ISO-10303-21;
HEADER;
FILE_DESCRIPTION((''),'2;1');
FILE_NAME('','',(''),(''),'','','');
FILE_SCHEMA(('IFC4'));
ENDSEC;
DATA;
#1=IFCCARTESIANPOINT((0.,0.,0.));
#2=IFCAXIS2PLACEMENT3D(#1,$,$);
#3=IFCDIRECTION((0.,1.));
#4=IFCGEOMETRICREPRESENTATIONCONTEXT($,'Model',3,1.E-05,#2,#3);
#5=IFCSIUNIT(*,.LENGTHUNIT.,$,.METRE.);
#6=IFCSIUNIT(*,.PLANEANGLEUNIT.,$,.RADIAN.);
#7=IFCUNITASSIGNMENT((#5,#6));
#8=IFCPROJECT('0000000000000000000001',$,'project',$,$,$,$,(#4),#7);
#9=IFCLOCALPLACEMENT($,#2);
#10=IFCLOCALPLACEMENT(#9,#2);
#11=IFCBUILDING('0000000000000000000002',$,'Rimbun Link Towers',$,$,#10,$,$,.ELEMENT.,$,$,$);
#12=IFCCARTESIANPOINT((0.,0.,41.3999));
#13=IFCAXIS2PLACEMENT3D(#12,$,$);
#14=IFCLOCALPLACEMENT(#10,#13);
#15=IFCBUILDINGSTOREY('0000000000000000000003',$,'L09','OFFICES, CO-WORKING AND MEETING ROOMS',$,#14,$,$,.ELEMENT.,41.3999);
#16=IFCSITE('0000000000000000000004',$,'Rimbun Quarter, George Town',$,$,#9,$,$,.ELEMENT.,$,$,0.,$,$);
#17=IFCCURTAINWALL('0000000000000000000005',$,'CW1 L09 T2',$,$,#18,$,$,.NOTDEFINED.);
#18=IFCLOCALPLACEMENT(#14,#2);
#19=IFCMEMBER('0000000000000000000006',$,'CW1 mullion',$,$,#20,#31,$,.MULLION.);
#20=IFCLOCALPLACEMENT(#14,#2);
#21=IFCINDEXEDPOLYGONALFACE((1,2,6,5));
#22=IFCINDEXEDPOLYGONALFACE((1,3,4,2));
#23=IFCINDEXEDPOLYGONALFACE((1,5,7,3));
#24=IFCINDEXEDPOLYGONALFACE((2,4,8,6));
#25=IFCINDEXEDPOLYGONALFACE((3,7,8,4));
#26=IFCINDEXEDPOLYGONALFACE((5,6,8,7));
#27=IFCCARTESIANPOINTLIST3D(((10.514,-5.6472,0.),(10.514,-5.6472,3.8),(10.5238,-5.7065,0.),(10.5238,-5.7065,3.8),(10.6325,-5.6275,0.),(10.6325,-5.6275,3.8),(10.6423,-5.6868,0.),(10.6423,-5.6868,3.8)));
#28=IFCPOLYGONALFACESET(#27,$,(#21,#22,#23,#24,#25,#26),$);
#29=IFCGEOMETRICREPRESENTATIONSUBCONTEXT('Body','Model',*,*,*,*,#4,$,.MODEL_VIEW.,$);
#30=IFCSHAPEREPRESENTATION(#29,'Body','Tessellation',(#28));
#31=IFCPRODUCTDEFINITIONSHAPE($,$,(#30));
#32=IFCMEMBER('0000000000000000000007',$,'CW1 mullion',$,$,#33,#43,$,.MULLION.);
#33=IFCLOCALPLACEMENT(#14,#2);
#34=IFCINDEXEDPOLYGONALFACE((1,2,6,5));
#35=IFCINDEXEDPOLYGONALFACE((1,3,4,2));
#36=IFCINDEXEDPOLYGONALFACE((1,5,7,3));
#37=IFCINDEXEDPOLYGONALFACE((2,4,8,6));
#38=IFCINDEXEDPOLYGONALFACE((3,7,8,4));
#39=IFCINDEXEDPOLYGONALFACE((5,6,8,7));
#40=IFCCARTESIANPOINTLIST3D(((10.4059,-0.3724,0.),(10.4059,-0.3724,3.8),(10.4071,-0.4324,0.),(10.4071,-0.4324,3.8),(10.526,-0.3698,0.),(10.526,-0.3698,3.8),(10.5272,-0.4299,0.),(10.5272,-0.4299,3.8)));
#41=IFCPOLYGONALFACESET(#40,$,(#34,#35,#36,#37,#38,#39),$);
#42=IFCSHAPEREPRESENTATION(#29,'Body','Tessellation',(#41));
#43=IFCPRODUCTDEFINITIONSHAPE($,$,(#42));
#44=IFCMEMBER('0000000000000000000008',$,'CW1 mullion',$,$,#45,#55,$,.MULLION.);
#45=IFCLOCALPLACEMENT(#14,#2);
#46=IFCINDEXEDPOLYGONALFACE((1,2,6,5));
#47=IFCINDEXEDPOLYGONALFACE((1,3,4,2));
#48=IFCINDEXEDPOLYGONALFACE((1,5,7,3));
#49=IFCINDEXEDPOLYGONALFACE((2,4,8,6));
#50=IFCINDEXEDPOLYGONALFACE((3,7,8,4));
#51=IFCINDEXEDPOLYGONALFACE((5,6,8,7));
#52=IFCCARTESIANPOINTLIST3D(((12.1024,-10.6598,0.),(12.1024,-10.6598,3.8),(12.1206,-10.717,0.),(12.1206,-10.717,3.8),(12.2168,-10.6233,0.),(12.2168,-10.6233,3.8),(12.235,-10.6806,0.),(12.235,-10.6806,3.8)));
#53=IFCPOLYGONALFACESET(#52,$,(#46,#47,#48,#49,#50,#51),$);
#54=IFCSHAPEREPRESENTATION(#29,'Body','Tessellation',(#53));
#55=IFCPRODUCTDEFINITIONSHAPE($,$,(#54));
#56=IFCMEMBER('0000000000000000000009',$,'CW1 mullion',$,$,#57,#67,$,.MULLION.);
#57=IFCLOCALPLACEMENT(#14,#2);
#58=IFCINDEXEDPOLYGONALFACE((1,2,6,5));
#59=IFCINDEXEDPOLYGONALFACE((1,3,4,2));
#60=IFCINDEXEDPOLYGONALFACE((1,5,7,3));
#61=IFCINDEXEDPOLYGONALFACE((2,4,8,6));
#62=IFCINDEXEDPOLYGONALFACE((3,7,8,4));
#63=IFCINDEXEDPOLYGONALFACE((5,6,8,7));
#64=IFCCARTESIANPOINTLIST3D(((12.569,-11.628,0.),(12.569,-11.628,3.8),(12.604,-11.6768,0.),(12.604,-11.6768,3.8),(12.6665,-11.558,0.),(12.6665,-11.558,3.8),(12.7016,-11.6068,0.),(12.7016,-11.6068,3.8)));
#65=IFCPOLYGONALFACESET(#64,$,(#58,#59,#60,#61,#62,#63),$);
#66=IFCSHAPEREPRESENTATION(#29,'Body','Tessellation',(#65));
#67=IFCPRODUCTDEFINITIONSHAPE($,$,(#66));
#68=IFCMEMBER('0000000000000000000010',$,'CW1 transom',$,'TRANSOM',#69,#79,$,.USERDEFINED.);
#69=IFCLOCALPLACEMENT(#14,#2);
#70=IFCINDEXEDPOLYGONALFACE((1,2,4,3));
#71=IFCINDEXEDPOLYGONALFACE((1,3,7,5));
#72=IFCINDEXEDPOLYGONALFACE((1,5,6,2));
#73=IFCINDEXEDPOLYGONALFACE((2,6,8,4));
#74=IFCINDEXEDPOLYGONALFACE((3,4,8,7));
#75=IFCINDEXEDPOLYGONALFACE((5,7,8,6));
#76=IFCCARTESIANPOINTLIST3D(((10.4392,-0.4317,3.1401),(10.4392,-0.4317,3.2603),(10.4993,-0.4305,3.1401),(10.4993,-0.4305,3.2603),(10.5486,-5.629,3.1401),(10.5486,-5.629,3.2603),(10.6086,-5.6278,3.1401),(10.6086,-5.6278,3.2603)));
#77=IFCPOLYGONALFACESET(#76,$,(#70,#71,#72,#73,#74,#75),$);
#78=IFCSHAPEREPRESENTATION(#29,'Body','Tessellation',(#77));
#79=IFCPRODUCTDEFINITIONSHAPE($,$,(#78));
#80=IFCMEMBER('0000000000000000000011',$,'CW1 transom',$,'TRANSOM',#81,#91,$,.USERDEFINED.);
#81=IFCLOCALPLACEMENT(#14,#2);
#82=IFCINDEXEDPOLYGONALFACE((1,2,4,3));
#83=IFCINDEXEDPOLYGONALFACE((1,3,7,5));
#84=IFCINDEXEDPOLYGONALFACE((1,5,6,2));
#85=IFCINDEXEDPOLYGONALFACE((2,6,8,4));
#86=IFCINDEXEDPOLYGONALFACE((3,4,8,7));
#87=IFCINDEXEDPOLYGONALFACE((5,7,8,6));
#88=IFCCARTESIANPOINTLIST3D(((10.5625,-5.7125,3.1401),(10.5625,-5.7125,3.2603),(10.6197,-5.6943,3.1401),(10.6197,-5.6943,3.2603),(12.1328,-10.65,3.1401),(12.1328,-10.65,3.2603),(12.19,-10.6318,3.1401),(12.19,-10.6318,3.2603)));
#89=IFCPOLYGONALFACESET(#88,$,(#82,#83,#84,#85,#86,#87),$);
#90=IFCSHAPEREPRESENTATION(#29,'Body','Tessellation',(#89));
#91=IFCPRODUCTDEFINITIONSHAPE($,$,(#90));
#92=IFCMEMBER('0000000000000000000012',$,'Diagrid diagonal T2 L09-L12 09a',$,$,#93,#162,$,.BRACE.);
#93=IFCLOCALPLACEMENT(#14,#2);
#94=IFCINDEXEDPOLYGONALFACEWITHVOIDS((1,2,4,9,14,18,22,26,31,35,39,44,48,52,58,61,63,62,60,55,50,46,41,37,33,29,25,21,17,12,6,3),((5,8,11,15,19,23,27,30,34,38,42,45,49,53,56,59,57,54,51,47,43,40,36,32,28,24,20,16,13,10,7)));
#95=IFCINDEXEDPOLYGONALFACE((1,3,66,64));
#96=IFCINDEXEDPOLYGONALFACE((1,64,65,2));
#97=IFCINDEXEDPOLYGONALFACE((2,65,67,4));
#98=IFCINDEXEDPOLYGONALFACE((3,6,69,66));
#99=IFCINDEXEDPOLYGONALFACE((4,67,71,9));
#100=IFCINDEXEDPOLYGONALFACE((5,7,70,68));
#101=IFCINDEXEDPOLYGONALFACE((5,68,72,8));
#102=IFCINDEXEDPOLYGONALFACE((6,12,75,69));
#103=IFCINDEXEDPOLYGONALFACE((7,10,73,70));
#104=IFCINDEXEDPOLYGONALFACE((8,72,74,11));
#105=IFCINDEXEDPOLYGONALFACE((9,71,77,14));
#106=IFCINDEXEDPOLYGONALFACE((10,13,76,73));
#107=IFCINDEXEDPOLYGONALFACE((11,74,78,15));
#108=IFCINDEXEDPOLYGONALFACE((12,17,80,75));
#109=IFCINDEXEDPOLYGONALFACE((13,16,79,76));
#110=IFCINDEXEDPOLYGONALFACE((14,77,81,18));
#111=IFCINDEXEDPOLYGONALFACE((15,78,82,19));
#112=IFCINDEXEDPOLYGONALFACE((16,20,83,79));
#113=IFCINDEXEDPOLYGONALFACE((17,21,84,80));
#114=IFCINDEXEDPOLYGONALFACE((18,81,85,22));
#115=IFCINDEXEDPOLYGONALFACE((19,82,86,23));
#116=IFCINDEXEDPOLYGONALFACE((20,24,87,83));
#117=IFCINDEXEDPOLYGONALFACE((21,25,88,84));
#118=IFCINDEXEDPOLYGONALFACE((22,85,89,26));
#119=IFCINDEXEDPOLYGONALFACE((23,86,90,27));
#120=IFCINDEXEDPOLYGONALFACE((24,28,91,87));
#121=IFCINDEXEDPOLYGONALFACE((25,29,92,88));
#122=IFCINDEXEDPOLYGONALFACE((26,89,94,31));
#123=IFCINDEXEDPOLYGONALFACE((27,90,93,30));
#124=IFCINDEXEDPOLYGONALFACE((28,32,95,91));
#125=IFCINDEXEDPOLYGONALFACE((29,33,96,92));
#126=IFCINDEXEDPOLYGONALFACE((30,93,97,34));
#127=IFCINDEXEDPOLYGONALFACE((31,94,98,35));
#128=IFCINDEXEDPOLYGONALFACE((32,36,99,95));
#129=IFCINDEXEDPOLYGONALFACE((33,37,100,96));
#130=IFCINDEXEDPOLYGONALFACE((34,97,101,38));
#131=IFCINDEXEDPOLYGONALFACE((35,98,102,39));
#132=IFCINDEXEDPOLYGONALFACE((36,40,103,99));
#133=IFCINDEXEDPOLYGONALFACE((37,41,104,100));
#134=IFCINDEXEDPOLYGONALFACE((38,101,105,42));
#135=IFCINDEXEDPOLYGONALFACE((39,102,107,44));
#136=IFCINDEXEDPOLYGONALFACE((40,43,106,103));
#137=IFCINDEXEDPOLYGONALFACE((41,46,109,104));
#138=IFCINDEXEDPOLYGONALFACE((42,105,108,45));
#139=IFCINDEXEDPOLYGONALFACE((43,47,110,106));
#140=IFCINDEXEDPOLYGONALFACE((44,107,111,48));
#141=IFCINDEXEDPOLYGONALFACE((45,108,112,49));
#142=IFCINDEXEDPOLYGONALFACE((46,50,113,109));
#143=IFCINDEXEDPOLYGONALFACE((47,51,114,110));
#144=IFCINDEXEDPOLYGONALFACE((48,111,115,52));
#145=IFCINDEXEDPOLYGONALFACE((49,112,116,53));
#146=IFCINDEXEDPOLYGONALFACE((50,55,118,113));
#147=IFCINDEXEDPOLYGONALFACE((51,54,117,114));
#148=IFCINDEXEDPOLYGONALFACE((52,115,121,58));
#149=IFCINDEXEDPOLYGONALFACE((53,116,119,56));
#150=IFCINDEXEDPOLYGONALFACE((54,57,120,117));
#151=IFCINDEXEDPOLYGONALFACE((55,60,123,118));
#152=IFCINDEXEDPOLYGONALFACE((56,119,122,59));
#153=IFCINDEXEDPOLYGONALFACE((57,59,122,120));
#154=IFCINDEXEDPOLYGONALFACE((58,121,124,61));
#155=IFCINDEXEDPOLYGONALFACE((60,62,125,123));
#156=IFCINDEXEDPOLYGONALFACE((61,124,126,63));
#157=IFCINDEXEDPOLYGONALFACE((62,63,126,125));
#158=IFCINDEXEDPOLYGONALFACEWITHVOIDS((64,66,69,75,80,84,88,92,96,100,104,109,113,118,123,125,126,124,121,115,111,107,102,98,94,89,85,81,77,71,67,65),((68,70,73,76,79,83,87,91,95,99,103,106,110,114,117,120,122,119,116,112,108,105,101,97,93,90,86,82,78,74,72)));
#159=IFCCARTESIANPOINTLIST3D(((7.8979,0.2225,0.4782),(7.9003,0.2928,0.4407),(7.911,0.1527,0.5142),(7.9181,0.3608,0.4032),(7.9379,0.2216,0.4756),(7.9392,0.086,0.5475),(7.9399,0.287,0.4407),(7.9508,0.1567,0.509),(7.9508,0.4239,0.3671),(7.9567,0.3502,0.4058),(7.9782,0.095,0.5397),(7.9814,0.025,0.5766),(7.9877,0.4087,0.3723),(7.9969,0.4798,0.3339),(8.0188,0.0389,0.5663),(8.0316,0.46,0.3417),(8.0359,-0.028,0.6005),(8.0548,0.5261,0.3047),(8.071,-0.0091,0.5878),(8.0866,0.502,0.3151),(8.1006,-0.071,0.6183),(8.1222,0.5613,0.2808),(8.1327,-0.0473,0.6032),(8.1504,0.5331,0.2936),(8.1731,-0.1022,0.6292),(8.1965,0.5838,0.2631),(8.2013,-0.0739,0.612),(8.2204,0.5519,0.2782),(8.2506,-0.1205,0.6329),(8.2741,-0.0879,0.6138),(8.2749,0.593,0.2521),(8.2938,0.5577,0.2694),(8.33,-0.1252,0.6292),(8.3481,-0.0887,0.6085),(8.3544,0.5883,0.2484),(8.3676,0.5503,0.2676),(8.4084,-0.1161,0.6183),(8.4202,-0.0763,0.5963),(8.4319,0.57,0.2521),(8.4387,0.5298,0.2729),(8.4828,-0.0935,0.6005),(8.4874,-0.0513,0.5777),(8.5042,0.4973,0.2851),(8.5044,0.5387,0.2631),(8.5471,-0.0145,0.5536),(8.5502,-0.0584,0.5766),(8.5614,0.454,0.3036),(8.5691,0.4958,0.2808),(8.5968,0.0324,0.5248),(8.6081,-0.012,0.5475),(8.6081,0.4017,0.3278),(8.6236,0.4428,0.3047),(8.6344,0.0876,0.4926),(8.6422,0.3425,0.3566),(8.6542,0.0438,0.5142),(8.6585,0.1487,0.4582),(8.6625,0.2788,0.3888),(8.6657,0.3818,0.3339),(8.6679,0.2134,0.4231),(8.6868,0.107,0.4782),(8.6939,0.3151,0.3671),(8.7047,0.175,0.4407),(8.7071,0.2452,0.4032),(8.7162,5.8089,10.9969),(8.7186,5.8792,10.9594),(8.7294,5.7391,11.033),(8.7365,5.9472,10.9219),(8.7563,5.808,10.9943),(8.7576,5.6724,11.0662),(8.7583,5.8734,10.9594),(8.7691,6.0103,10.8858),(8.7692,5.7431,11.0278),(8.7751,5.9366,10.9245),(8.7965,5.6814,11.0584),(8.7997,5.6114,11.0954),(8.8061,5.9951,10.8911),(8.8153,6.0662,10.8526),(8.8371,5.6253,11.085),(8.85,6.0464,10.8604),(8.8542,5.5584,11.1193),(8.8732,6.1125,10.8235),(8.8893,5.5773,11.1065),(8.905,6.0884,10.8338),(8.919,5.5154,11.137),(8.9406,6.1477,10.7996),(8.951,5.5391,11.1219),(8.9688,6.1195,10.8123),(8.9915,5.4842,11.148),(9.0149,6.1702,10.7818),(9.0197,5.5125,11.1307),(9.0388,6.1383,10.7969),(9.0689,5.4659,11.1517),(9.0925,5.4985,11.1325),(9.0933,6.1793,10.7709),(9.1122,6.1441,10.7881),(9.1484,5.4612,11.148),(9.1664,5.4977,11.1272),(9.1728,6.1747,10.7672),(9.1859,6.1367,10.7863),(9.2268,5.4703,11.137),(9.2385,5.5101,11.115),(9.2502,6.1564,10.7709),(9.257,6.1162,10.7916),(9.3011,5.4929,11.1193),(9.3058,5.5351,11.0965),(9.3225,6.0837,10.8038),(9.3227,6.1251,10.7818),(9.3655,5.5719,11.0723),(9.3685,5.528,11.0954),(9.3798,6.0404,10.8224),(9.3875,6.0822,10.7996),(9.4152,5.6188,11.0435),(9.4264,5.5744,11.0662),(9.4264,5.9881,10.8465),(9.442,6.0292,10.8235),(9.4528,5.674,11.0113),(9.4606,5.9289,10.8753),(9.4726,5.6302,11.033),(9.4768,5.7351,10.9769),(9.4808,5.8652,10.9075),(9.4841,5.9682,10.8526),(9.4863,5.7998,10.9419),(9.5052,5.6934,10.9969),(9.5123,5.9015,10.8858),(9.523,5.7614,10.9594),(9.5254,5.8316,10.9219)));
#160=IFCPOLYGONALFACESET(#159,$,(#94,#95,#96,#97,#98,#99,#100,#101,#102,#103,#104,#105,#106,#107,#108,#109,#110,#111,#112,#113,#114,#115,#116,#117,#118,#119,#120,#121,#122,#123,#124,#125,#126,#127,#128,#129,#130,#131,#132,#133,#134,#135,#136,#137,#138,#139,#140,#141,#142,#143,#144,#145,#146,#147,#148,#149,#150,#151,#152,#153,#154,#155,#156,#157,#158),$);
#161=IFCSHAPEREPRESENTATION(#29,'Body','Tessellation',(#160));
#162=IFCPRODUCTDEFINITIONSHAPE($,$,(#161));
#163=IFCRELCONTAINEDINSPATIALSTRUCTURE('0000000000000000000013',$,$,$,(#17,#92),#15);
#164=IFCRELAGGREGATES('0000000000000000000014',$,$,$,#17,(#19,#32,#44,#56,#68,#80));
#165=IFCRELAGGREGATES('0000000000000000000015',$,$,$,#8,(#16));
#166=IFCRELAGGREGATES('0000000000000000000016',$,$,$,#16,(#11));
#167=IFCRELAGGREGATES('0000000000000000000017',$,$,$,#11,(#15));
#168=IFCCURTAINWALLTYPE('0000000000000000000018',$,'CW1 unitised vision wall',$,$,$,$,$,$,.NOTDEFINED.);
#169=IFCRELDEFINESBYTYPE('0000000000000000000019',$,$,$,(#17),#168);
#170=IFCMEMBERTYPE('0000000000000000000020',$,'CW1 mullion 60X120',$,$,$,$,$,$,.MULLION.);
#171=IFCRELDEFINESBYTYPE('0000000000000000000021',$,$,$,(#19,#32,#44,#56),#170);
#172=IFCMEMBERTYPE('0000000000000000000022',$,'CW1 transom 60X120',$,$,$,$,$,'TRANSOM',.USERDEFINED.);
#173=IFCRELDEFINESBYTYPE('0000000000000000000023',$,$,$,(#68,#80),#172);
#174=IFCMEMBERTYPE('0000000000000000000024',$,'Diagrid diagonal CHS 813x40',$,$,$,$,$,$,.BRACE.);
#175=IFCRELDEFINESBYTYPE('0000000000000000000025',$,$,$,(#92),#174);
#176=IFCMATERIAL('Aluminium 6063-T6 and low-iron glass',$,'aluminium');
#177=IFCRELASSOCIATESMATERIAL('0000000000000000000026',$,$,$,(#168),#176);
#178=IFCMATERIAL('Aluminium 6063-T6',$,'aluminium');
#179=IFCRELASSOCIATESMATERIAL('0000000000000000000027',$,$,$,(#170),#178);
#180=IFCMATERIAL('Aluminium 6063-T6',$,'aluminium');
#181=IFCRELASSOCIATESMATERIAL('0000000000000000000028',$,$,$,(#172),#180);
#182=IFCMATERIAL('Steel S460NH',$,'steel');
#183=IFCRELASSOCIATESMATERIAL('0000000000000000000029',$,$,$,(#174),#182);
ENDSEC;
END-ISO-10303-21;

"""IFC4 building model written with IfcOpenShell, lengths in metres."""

from ifc_helpers import new_model, si_unit, direction, frame, origin, origin_2d, place, context, subcontext, project, spatial, rectangle, hollow_circle, extrude, material, material_profile, profile_set, type_object, element, aggregate, save


model = new_model("IFC4")

# Units and contexts
model_context = context("Model", 3, precision=1e-05, world=origin(), true_north=direction((0.0, 1.0)))
body_context = subcontext(model_context, "Body", "Model", "MODEL_VIEW")
ifc_project = project(units=[si_unit("LENGTHUNIT", "METRE"), si_unit("PLANEANGLEUNIT", "RADIAN")], contexts=[model_context])

# Site, building, storey
site_placement = place(None, origin())
site = spatial("IfcSite", under=ifc_project, at=site_placement, Name="Rimbun Quarter, George Town", CompositionType="ELEMENT", RefElevation=0.0)
building_placement = place(site_placement, origin())
building = spatial("IfcBuilding", under=site, at=building_placement, Name="Rimbun Link Towers", CompositionType="ELEMENT")
storey_placement = place(building_placement, frame((0.0, 0.0, 41.3999)))
storey = spatial("IfcBuildingStorey", under=building, at=storey_placement, Name="L09", Description="OFFICES, CO-WORKING AND MEETING ROOMS", CompositionType="ELEMENT", Elevation=41.3999)

# Curtain wall, members
ifc_material_1 = material(Name="Aluminium 6063-T6 and low-iron glass", Category="aluminium")
curtain_wall_type = type_object("IfcCurtainWallType", Name="CW1 unitised vision wall", PredefinedType="NOTDEFINED", material=ifc_material_1)
curtain_wall_placement = place(storey_placement, origin())
curtain_wall = element("IfcCurtainWall", 1, at=curtain_wall_placement, inside=storey, type_object=curtain_wall_type, Name="CW1 L09 T2", PredefinedType="NOTDEFINED")
ifc_material_2 = material(Name="Aluminium 6063-T6", Category="aluminium")
ifc_material_profile_1 = material_profile(ifc_material_2, rectangle(XDim=0.1201, YDim=0.0601, at=origin_2d()), Name="MULLION 60X120")
ifc_profile_set_1 = profile_set([ifc_material_profile_1], Name="Aluminium 6063-T6")
member_type_1 = type_object("IfcMemberType", Name="CW1 mullion 60X120", PredefinedType="MULLION", material=ifc_profile_set_1)
member_1_placement = place(storey_placement, frame((10.5781, -5.667, 0.0), z_axis=(0.0, 0.0, 1.0), x_axis=(-0.986502, -0.16375, 0.0)))
member_1 = element("IfcMember", 2, at=member_1_placement, type_object=member_type_1, Name="CW1 mullion", PredefinedType="MULLION", context=body_context, shape_type="SweptSolid", body=[
    extrude(rectangle(XDim=0.1201, YDim=0.0601, at=origin_2d()), origin(), (0.0, 0.0, 1.0), 3.8),
])
member_2_placement = place(storey_placement, frame((10.4666, -0.4011, 0.0), z_axis=(0.0, 0.0, 1.0), x_axis=(-0.999778, -0.021066, 0.0)))
member_2 = element("IfcMember", 3, at=member_2_placement, type_object=member_type_1, Name="CW1 mullion", PredefinedType="MULLION", context=body_context, shape_type="SweptSolid", body=[
    extrude(rectangle(XDim=0.1201, YDim=0.0601, at=origin_2d()), origin(), (0.0, 0.0, 1.0), 3.8),
])
member_3_placement = place(storey_placement, frame((12.1687, -10.6702, 0.0), z_axis=(0.0, 0.0, 1.0), x_axis=(-0.952968, -0.303071, 0.0)))
member_3 = element("IfcMember", 4, at=member_3_placement, type_object=member_type_1, Name="CW1 mullion", PredefinedType="MULLION", context=body_context, shape_type="SweptSolid", body=[
    extrude(rectangle(XDim=0.1201, YDim=0.0601, at=origin_2d()), origin(), (0.0, 0.0, 1.0), 3.8),
])
member_4_placement = place(storey_placement, frame((12.6353, -11.6174, 0.0), z_axis=(0.0, 0.0, 1.0), x_axis=(-0.812475, -0.582996, 0.0)))
member_4 = element("IfcMember", 5, at=member_4_placement, type_object=member_type_1, Name="CW1 mullion", PredefinedType="MULLION", context=body_context, shape_type="SweptSolid", body=[
    extrude(rectangle(XDim=0.1201, YDim=0.0601, at=origin_2d()), origin(), (0.0, 0.0, 1.0), 3.8),
])
ifc_material_3 = material(Name="Aluminium 6063-T6", Category="aluminium")
ifc_material_profile_2 = material_profile(ifc_material_3, rectangle(XDim=0.0601, YDim=0.1201, at=origin_2d()), Name="TRANSOM 60X120")
ifc_profile_set_2 = profile_set([ifc_material_profile_2], Name="Aluminium 6063-T6")
member_type_2 = type_object("IfcMemberType", Name="CW1 transom 60X120", ElementType="TRANSOM", PredefinedType="USERDEFINED", material=ifc_profile_set_2)
member_5_placement = place(storey_placement, frame((10.5786, -5.6284, 3.2002), z_axis=(-0.02104, 0.999779, 0.0), x_axis=(-0.999779, -0.02104, 0.0)))
member_5 = element("IfcMember", 6, at=member_5_placement, type_object=member_type_2, Name="CW1 transom", ObjectType="TRANSOM", PredefinedType="USERDEFINED", context=body_context, shape_type="SweptSolid", body=[
    extrude(rectangle(XDim=0.0601, YDim=0.1201, at=origin_2d()), origin(), (0.0, 0.0, 1.0), 5.1985),
])
member_6_placement = place(storey_placement, frame((12.1614, -10.6409, 3.2002), z_axis=(-0.303079, 0.952965, 0.0), x_axis=(-0.952965, -0.303079, 0.0)))
member_6 = element("IfcMember", 7, at=member_6_placement, type_object=member_type_2, Name="CW1 transom", ObjectType="TRANSOM", PredefinedType="USERDEFINED", context=body_context, shape_type="SweptSolid", body=[
    extrude(rectangle(XDim=0.0601, YDim=0.1201, at=origin_2d()), origin(), (0.0, 0.0, 1.0), 5.1812),
])

# Member
ifc_material_4 = material(Name="Steel S460NH", Category="steel")
ifc_material_profile_3 = material_profile(ifc_material_4, hollow_circle(Radius=0.4065, WallThickness=0.04, at=origin_2d()), Name="Diagrid diagonal CHS 813x40")
ifc_profile_set_3 = profile_set([ifc_material_profile_3], Name="Steel S460NH")
member_type_3 = type_object("IfcMemberType", Name="Diagrid diagonal CHS 813x40", PredefinedType="BRACE", material=ifc_profile_set_3)
member_7_placement = place(storey_placement, frame((8.3025, 0.2339, 0.4407), z_axis=(0.068549, 0.467942, 0.881097), x_axis=(-0.98944, 0.144944, 0.0)))
element("IfcMember", 8, at=member_7_placement, inside=storey, type_object=member_type_3, Name="Diagrid diagonal T2 L09-L12 09a", PredefinedType="BRACE", context=body_context, shape_type="SweptSolid", body=[
    extrude(hollow_circle(Radius=0.4065, WallThickness=0.04, at=origin_2d()), origin(), (0.0, 0.0, 1.0), 11.9382),
])

aggregate(curtain_wall, [member_1, member_2, member_3, member_4, member_5, member_6])

save(model, "model.ifc")
